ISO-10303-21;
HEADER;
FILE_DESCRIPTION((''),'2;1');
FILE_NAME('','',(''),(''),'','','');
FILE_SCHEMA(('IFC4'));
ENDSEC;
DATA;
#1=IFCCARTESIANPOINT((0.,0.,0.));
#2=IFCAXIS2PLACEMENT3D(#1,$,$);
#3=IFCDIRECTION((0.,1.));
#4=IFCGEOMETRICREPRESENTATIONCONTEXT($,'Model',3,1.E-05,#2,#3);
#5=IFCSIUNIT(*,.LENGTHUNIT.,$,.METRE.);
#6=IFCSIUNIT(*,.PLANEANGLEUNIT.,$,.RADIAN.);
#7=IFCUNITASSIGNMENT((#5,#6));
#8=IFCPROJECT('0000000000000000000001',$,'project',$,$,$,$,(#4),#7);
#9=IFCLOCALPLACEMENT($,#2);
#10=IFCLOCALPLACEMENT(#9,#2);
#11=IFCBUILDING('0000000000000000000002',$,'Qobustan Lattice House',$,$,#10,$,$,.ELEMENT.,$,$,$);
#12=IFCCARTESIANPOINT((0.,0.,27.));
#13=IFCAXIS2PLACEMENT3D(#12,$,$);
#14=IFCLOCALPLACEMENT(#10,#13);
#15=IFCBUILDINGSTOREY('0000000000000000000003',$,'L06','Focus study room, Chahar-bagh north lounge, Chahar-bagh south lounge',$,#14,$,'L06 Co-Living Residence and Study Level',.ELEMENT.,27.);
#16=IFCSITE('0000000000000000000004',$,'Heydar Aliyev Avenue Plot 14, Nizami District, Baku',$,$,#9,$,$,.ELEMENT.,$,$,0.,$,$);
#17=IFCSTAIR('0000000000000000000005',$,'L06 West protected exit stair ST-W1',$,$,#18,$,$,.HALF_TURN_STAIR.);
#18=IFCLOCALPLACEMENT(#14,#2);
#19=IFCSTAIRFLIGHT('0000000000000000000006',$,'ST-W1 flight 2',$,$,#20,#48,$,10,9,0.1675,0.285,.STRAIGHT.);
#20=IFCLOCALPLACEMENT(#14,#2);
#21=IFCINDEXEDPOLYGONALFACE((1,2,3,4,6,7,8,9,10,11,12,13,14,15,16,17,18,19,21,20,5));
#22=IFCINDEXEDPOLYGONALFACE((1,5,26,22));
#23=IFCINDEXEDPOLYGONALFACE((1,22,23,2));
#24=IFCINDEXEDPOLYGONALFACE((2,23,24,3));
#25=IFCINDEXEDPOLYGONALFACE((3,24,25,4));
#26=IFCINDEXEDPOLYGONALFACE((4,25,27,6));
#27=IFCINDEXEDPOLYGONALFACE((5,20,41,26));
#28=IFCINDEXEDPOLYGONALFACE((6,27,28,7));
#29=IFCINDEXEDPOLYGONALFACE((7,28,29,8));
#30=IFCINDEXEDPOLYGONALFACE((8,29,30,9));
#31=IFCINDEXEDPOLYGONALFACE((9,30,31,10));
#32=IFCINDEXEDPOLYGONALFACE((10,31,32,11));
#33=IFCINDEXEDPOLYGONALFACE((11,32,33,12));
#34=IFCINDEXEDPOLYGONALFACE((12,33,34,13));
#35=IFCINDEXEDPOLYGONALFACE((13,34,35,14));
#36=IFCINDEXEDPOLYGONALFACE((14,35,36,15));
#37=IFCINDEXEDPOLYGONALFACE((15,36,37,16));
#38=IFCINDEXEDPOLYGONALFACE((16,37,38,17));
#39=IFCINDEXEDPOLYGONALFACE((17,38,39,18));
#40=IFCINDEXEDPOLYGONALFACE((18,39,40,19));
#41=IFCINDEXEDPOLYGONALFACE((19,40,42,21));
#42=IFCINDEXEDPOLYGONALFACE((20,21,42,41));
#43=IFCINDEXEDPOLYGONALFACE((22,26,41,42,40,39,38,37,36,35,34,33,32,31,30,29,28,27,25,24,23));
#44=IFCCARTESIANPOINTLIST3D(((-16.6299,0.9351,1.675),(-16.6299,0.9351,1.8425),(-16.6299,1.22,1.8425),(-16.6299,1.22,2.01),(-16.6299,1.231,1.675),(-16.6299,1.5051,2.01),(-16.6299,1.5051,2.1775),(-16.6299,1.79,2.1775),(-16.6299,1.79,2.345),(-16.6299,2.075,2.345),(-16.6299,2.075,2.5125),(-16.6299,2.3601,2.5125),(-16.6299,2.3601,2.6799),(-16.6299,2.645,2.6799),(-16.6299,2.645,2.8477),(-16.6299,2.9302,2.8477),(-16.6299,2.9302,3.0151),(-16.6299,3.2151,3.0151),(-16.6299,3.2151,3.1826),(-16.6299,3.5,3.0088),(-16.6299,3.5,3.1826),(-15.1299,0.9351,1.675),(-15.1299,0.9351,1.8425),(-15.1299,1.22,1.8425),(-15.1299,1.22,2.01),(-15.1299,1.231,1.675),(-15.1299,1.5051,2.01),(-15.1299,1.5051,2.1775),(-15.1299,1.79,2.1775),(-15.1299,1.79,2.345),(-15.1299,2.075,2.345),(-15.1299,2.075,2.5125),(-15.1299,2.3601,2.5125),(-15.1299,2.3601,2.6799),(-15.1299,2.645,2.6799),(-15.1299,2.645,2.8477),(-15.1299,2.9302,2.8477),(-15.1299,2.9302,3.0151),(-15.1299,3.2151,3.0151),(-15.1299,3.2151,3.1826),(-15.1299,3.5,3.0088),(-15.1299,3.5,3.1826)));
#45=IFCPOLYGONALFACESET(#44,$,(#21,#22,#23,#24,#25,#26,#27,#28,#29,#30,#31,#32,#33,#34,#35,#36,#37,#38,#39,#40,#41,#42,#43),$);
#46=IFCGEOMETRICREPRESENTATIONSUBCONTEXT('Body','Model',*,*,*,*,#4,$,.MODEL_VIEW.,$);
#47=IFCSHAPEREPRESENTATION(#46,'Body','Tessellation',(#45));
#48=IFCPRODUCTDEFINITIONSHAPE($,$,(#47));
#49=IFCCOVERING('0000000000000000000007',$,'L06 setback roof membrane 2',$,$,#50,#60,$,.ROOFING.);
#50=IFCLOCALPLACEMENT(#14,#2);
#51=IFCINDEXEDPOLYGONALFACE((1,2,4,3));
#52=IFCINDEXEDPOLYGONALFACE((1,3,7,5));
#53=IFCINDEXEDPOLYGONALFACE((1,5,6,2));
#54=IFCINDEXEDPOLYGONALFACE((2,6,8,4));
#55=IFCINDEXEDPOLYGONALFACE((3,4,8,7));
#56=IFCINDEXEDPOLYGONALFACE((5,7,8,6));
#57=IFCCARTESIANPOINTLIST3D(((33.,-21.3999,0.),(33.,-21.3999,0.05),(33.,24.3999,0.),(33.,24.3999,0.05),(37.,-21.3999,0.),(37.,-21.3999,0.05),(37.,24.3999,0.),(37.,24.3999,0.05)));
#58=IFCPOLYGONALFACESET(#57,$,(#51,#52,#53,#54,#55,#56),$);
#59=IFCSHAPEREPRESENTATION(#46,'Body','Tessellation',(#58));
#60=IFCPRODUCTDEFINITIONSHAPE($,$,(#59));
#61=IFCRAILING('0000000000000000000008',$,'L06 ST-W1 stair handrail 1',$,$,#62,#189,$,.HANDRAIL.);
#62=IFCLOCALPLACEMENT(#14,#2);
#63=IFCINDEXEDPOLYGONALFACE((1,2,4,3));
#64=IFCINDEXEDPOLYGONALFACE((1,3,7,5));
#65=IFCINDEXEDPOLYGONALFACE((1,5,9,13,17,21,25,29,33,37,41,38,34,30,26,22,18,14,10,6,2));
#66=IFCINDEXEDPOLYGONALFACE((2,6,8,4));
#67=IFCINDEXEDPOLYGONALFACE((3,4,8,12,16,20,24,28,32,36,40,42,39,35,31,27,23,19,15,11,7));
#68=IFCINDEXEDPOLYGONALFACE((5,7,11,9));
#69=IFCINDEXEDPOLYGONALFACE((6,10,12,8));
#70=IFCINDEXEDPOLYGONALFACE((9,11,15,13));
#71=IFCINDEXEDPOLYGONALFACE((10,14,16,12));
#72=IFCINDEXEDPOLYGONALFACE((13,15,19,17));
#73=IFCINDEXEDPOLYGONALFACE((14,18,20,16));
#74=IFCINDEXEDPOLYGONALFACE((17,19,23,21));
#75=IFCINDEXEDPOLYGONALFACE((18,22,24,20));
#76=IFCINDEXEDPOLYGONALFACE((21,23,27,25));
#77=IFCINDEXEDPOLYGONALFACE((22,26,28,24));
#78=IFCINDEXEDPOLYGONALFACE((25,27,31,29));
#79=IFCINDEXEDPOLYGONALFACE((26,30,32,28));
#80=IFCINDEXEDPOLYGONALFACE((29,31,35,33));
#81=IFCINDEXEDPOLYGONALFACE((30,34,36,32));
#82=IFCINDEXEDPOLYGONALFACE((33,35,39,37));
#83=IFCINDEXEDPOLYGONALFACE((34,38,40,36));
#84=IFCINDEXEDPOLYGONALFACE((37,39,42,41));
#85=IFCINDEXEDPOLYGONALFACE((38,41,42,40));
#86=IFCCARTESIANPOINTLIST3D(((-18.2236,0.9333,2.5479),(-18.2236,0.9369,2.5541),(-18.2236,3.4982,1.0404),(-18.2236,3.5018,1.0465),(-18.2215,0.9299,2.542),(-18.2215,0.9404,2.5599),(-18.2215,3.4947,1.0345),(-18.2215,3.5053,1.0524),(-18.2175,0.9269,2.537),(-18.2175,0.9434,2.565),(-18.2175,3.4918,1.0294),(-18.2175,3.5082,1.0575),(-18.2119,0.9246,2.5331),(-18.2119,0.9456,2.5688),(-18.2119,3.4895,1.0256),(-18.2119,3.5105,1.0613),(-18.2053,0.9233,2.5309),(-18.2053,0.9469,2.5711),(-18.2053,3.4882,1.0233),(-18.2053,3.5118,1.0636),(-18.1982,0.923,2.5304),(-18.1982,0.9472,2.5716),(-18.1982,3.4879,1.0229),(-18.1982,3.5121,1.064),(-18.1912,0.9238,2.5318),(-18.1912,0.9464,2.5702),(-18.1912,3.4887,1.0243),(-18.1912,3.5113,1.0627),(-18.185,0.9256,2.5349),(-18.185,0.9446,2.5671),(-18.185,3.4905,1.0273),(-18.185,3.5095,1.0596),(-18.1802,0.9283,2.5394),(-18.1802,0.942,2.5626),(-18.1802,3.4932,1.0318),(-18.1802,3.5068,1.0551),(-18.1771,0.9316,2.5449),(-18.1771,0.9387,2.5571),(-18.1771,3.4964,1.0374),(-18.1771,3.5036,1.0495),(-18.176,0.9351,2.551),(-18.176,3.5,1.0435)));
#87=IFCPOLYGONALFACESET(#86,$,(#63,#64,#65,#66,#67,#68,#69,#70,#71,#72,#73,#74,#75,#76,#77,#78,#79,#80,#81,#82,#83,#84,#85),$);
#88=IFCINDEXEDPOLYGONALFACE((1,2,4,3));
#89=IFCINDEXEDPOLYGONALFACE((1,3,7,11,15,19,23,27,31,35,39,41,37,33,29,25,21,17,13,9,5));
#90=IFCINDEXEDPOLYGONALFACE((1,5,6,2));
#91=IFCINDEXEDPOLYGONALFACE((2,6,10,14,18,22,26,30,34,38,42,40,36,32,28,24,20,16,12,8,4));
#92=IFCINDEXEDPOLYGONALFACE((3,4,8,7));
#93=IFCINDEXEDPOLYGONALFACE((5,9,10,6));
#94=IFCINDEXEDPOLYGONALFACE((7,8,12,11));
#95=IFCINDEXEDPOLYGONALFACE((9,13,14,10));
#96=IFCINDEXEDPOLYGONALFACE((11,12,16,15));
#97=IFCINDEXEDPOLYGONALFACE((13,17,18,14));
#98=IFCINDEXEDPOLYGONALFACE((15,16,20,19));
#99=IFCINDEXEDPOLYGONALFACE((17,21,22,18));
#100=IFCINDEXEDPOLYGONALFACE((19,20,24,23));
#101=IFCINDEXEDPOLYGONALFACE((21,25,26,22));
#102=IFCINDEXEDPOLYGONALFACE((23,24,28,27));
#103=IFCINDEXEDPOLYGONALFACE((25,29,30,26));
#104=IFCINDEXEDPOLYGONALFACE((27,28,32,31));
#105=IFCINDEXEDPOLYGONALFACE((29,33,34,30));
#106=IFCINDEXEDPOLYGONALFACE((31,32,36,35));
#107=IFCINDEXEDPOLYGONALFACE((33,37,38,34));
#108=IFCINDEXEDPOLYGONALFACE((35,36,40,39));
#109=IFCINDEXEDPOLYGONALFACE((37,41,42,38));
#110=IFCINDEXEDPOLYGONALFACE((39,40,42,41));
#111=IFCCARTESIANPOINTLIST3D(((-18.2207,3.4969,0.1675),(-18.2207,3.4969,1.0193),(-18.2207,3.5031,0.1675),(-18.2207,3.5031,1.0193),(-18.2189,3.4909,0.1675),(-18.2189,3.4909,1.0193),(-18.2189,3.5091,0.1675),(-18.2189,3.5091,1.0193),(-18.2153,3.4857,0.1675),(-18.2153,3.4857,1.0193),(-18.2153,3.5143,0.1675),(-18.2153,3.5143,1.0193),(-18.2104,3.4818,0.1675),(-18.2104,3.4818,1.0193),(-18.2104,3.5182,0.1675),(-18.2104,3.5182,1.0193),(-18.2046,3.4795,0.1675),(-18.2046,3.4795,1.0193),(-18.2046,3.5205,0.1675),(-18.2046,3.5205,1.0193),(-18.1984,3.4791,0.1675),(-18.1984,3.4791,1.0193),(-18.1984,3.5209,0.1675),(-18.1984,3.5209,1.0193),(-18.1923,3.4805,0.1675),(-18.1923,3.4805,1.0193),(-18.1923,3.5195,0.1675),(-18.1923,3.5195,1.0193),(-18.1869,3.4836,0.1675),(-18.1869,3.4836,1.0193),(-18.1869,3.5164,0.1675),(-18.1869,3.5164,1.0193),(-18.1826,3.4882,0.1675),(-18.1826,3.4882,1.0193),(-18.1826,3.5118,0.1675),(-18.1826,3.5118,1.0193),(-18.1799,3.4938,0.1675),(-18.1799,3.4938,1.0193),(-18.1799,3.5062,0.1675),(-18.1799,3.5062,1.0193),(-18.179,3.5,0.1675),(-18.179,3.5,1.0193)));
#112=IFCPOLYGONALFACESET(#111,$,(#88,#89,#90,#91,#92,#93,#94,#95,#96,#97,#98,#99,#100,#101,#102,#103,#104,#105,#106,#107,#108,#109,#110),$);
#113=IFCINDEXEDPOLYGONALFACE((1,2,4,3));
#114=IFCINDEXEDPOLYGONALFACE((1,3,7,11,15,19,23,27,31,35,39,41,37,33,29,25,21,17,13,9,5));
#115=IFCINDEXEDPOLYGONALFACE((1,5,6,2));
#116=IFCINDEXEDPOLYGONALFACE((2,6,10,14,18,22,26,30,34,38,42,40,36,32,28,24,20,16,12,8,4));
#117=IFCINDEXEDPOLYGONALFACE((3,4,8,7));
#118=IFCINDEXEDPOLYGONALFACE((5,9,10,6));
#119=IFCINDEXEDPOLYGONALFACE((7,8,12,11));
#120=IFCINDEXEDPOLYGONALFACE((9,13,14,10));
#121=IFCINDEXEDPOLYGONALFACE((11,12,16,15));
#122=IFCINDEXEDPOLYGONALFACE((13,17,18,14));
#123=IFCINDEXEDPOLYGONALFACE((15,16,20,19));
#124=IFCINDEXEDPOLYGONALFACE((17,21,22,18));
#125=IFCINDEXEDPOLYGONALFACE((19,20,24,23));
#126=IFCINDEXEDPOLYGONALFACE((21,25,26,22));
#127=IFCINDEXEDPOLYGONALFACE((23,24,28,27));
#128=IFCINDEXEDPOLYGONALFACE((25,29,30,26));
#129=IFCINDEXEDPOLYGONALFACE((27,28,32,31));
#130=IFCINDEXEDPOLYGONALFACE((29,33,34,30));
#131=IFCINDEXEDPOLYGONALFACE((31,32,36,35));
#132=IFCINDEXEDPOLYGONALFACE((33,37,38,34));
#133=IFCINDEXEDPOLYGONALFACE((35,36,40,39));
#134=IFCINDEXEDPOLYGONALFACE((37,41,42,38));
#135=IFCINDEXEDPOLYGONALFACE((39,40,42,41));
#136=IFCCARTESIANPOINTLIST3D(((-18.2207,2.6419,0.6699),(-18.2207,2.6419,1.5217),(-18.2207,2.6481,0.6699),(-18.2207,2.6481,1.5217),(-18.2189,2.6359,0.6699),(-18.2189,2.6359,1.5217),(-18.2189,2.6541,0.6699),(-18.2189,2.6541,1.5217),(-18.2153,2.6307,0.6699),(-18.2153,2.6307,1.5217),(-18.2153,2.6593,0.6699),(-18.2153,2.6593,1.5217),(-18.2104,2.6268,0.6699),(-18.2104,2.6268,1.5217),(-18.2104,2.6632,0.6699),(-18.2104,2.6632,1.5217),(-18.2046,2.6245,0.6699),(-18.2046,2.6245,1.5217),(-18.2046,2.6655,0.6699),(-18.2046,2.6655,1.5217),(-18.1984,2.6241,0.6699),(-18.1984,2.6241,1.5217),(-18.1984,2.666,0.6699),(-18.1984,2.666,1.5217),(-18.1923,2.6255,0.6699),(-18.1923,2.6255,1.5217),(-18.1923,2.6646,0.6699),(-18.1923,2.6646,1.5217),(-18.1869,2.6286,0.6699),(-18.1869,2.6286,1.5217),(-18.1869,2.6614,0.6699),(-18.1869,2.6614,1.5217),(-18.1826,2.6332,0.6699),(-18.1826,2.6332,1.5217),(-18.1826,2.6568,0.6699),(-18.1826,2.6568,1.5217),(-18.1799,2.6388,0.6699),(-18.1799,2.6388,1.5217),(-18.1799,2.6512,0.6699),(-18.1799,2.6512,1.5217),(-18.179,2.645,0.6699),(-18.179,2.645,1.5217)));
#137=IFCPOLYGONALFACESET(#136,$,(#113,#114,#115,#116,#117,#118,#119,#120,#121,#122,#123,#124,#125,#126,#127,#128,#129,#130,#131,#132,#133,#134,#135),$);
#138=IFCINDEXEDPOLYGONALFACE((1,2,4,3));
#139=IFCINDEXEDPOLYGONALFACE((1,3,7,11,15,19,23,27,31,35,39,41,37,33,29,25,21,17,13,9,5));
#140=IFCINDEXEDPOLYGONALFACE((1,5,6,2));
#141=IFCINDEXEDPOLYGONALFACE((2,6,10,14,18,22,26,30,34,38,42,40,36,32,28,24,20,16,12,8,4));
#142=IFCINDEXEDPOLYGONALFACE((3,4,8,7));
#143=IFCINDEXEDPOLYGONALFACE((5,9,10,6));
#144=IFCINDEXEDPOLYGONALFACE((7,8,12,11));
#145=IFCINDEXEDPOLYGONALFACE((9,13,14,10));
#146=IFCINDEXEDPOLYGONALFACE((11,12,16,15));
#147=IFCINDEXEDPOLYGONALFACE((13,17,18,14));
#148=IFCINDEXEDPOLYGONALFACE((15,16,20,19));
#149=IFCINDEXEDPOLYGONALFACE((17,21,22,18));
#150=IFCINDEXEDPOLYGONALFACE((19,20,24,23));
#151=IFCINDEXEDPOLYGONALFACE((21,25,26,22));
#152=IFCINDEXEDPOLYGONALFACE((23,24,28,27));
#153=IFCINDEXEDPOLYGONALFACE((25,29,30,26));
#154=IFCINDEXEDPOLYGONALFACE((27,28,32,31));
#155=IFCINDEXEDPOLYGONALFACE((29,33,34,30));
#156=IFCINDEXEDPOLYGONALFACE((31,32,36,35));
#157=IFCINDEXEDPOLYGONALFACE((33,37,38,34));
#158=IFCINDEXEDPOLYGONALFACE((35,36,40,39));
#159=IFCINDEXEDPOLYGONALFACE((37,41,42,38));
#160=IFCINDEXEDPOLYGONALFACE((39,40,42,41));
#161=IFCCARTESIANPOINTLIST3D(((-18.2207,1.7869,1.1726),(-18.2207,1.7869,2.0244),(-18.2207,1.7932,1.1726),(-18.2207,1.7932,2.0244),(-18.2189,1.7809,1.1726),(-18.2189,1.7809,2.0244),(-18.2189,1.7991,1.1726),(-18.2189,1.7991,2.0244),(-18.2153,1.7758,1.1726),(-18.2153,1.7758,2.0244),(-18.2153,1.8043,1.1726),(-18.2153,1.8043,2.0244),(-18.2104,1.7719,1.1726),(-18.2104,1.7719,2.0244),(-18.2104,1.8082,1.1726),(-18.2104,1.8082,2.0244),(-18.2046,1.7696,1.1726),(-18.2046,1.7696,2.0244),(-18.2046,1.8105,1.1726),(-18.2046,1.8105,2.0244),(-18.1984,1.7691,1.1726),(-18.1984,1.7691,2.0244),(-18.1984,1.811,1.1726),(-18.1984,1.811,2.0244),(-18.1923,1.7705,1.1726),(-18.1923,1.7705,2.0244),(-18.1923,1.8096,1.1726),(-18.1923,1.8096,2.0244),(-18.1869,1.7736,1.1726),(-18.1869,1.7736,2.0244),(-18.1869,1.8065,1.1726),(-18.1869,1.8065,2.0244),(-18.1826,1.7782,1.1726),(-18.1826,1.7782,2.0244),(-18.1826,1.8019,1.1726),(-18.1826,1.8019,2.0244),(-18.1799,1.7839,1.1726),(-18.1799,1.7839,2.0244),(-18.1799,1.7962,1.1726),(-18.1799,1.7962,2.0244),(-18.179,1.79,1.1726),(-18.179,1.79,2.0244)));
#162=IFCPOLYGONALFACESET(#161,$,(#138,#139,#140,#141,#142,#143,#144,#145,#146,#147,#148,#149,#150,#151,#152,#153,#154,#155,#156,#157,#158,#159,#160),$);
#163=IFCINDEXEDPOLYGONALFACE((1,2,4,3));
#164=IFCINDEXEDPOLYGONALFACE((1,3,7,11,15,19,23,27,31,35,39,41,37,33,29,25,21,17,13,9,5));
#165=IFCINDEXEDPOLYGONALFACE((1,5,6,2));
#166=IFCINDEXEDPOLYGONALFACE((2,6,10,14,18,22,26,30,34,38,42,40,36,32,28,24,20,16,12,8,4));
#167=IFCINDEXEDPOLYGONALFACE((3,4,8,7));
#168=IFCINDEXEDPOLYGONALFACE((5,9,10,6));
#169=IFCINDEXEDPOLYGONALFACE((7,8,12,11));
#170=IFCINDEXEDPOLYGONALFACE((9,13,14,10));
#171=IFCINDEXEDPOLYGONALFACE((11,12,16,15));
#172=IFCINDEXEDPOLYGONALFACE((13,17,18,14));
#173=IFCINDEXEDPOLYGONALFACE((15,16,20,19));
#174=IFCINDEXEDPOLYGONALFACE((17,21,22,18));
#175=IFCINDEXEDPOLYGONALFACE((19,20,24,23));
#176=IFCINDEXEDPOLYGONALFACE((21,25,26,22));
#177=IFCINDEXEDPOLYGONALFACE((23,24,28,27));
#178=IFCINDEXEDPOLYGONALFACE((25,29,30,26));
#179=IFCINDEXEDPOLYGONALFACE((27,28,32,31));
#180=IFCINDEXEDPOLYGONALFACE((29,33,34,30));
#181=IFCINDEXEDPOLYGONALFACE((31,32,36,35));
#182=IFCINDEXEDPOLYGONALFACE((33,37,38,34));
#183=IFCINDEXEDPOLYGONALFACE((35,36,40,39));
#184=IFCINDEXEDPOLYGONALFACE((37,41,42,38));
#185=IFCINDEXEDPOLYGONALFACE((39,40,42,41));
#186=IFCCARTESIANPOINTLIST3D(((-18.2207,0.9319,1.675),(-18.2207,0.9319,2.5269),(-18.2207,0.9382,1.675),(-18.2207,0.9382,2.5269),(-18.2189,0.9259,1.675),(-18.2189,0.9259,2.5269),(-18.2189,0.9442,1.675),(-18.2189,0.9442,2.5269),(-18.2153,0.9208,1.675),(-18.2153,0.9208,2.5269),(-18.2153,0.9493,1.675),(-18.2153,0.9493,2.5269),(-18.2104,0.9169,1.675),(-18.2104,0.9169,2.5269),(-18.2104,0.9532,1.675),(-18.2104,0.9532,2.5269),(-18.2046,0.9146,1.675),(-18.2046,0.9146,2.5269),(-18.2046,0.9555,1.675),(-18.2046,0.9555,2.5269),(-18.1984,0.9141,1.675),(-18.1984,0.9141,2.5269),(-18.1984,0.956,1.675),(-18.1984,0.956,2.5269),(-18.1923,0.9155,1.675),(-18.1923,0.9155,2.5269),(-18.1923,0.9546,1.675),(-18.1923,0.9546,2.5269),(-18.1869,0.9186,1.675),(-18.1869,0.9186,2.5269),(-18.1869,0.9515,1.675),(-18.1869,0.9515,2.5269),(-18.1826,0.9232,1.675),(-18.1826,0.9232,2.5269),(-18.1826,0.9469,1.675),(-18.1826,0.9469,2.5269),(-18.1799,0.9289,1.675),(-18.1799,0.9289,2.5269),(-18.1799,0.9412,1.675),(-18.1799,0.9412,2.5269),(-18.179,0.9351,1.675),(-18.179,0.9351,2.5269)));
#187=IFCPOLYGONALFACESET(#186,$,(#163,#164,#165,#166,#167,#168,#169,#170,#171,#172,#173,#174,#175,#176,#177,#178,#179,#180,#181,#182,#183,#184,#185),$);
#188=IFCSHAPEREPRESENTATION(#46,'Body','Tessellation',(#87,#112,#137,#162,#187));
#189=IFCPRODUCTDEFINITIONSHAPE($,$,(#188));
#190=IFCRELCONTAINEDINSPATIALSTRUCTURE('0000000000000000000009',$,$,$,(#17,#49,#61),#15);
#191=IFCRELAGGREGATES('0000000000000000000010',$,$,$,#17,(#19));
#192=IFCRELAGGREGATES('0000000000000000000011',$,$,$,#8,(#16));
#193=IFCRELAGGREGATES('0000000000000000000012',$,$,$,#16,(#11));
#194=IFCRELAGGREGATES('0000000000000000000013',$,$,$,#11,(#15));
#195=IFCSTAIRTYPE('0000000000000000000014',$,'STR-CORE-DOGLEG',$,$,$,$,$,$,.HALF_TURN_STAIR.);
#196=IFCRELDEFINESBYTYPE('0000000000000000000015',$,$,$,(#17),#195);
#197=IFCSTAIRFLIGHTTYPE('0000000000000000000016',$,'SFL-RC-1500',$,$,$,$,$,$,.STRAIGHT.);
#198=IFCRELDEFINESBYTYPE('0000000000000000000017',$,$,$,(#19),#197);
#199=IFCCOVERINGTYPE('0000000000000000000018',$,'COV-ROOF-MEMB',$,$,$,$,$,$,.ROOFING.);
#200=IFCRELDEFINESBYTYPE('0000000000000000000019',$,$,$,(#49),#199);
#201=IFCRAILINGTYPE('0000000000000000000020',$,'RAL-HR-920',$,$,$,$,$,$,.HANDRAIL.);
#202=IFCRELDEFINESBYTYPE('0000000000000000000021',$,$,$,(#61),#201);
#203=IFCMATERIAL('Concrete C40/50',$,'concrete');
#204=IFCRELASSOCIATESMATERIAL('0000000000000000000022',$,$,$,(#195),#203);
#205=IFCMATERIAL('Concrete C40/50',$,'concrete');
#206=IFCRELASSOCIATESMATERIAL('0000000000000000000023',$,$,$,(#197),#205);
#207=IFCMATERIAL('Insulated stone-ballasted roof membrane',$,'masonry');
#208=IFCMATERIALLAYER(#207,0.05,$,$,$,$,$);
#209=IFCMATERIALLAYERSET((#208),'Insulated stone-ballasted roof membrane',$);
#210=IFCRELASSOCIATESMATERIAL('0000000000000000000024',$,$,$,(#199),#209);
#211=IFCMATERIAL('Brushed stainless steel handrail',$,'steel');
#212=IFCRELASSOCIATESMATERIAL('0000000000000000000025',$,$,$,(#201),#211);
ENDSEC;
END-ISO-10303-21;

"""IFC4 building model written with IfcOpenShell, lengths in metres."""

from ifc_helpers import new_model, si_unit, direction, frame, origin, origin_2d, place, context, subcontext, project, spatial, polyline, circle, outline, extrude, material, layer, layer_set, type_object, element, aggregate, save


model = new_model("IFC4")

# Units and contexts
model_context = context("Model", 3, precision=1e-05, world=origin(), true_north=direction((0.0, 1.0)))
body_context = subcontext(model_context, "Body", "Model", "MODEL_VIEW")
ifc_project = project(units=[si_unit("LENGTHUNIT", "METRE"), si_unit("PLANEANGLEUNIT", "RADIAN")], contexts=[model_context])

# Site, building, storey
site_placement = place(None, origin())
site = spatial("IfcSite", under=ifc_project, at=site_placement, Name="Heydar Aliyev Avenue Plot 14, Nizami District, Baku", CompositionType="ELEMENT", RefElevation=0.0)
building_placement = place(site_placement, origin())
building = spatial("IfcBuilding", under=site, at=building_placement, Name="Qobustan Lattice House", CompositionType="ELEMENT")
storey_placement = place(building_placement, frame((0.0, 0.0, 27.0)))
storey = spatial("IfcBuildingStorey", under=building, at=storey_placement, Name="L06", Description="Focus study room, Chahar-bagh north lounge, Chahar-bagh south lounge", LongName="L06 Co-Living Residence and Study Level", CompositionType="ELEMENT", Elevation=27.0)

# Stair
ifc_material_1 = material(Name="Concrete C40/50", Category="concrete")
stair_type = type_object("IfcStairType", Name="STR-CORE-DOGLEG", PredefinedType="HALF_TURN_STAIR", material=ifc_material_1)
stair_1_placement = place(storey_placement, origin())
stair_1 = element("IfcStair", 1, at=stair_1_placement, inside=storey, type_object=stair_type, Name="L06 West protected exit stair ST-W1", PredefinedType="HALF_TURN_STAIR")

# Stair flight
ifc_material_2 = material(Name="Concrete C40/50", Category="concrete")
stair_flight_type = type_object("IfcStairFlightType", Name="SFL-RC-1500", PredefinedType="STRAIGHT", material=ifc_material_2)
stair_flight_1_placement = place(storey_placement, frame((-15.8799, 0.9351, 1.675), z_axis=(0.0, 0.0, 1.0), x_axis=(0.0, 1.0, 0.0)))
stair_flight_1 = element("IfcStairFlight", 2, at=stair_flight_1_placement, type_object=stair_flight_type, Name="ST-W1 flight 2", NumberOfRisers=10, NumberOfTreads=9, PredefinedType="STRAIGHT", RiserHeight=0.1675, TreadLength=0.285, context=body_context, shape_type="SweptSolid", body=[
    extrude(outline(polyline([(0.0, 0.0), (0.0, 0.1675), (0.2849, 0.1675), (0.2849, 0.335), (0.5701, 0.335), (0.5701, 0.5024), (0.855, 0.5024), (0.855, 0.6699), (1.1399, 0.6699), (1.1399, 0.8374), (1.425, 0.8374), (1.425, 1.0049), (1.71, 1.0049), (1.71, 1.1726), (1.9951, 1.1726), (1.9951, 1.3401), (2.28, 1.3401), (2.28, 1.5076), (2.5649, 1.5076), (2.5649, 1.675), (2.5649, 1.3337), (0.2959, 0.0), (0.0, 0.0)])), frame((0.0, 0.75, 0.0), z_axis=(0.0, -1.0, 0.0), x_axis=(1.0, 0.0, 0.0)), (0.0, 0.0, 1.0), 1.5),
])
aggregate(stair_1, [stair_flight_1])

# Covering
ifc_material_3 = material(Name="Insulated stone-ballasted roof membrane", Category="masonry")
ifc_layer_1 = layer(ifc_material_3, 0.05)
ifc_layer_set_1 = layer_set([ifc_layer_1], Name="Insulated stone-ballasted roof membrane")
covering_type = type_object("IfcCoveringType", Name="COV-ROOF-MEMB", PredefinedType="ROOFING", material=ifc_layer_set_1)
covering_placement = place(storey_placement, origin())
element("IfcCovering", 3, at=covering_placement, inside=storey, type_object=covering_type, Name="L06 setback roof membrane 2", PredefinedType="ROOFING", context=body_context, shape_type="SweptSolid", body=[
    extrude(outline(polyline([(33.0, -21.3999), (37.0, -21.3999), (37.0, 24.3999), (33.0, 24.3999), (33.0, -21.3999)])), origin(), (0.0, 0.0, 1.0), 0.05),
])

# Railing
ifc_material_4 = material(Name="Brushed stainless steel handrail", Category="steel")
railing_type_1 = type_object("IfcRailingType", Name="RAL-HR-920", PredefinedType="HANDRAIL", material=ifc_material_4)
railing_1_placement = place(storey_placement, frame((-18.2, 3.5, 0.1675)))
element("IfcRailing", 4, at=railing_1_placement, inside=storey, type_object=railing_type_1, Name="L06 ST-W1 stair handrail 1", PredefinedType="HANDRAIL", context=body_context, shape_type="SweptSolid", body=[
    extrude(circle(Radius=0.0239, at=origin_2d()), frame((0.0, 0.0, 0.876), z_axis=(0.0, -0.862113, 0.506715), x_axis=(1.0, 0.0, 0.0)), (0.0, 0.0, 1.0), 2.9751),
    extrude(circle(Radius=0.021, at=origin_2d()), origin(), (0.0, 0.0, 1.0), 0.8518),
    extrude(circle(Radius=0.021, at=origin_2d()), frame((0.0, -0.855, 0.5024)), (0.0, 0.0, 1.0), 0.8518),
    extrude(circle(Radius=0.021, at=origin_2d()), frame((0.0, -1.71, 1.0051)), (0.0, 0.0, 1.0), 0.8518),
    extrude(circle(Radius=0.021, at=origin_2d()), frame((0.0, -2.5649, 1.5076)), (0.0, 0.0, 1.0), 0.8518),
])

save(model, "model.ifc")
